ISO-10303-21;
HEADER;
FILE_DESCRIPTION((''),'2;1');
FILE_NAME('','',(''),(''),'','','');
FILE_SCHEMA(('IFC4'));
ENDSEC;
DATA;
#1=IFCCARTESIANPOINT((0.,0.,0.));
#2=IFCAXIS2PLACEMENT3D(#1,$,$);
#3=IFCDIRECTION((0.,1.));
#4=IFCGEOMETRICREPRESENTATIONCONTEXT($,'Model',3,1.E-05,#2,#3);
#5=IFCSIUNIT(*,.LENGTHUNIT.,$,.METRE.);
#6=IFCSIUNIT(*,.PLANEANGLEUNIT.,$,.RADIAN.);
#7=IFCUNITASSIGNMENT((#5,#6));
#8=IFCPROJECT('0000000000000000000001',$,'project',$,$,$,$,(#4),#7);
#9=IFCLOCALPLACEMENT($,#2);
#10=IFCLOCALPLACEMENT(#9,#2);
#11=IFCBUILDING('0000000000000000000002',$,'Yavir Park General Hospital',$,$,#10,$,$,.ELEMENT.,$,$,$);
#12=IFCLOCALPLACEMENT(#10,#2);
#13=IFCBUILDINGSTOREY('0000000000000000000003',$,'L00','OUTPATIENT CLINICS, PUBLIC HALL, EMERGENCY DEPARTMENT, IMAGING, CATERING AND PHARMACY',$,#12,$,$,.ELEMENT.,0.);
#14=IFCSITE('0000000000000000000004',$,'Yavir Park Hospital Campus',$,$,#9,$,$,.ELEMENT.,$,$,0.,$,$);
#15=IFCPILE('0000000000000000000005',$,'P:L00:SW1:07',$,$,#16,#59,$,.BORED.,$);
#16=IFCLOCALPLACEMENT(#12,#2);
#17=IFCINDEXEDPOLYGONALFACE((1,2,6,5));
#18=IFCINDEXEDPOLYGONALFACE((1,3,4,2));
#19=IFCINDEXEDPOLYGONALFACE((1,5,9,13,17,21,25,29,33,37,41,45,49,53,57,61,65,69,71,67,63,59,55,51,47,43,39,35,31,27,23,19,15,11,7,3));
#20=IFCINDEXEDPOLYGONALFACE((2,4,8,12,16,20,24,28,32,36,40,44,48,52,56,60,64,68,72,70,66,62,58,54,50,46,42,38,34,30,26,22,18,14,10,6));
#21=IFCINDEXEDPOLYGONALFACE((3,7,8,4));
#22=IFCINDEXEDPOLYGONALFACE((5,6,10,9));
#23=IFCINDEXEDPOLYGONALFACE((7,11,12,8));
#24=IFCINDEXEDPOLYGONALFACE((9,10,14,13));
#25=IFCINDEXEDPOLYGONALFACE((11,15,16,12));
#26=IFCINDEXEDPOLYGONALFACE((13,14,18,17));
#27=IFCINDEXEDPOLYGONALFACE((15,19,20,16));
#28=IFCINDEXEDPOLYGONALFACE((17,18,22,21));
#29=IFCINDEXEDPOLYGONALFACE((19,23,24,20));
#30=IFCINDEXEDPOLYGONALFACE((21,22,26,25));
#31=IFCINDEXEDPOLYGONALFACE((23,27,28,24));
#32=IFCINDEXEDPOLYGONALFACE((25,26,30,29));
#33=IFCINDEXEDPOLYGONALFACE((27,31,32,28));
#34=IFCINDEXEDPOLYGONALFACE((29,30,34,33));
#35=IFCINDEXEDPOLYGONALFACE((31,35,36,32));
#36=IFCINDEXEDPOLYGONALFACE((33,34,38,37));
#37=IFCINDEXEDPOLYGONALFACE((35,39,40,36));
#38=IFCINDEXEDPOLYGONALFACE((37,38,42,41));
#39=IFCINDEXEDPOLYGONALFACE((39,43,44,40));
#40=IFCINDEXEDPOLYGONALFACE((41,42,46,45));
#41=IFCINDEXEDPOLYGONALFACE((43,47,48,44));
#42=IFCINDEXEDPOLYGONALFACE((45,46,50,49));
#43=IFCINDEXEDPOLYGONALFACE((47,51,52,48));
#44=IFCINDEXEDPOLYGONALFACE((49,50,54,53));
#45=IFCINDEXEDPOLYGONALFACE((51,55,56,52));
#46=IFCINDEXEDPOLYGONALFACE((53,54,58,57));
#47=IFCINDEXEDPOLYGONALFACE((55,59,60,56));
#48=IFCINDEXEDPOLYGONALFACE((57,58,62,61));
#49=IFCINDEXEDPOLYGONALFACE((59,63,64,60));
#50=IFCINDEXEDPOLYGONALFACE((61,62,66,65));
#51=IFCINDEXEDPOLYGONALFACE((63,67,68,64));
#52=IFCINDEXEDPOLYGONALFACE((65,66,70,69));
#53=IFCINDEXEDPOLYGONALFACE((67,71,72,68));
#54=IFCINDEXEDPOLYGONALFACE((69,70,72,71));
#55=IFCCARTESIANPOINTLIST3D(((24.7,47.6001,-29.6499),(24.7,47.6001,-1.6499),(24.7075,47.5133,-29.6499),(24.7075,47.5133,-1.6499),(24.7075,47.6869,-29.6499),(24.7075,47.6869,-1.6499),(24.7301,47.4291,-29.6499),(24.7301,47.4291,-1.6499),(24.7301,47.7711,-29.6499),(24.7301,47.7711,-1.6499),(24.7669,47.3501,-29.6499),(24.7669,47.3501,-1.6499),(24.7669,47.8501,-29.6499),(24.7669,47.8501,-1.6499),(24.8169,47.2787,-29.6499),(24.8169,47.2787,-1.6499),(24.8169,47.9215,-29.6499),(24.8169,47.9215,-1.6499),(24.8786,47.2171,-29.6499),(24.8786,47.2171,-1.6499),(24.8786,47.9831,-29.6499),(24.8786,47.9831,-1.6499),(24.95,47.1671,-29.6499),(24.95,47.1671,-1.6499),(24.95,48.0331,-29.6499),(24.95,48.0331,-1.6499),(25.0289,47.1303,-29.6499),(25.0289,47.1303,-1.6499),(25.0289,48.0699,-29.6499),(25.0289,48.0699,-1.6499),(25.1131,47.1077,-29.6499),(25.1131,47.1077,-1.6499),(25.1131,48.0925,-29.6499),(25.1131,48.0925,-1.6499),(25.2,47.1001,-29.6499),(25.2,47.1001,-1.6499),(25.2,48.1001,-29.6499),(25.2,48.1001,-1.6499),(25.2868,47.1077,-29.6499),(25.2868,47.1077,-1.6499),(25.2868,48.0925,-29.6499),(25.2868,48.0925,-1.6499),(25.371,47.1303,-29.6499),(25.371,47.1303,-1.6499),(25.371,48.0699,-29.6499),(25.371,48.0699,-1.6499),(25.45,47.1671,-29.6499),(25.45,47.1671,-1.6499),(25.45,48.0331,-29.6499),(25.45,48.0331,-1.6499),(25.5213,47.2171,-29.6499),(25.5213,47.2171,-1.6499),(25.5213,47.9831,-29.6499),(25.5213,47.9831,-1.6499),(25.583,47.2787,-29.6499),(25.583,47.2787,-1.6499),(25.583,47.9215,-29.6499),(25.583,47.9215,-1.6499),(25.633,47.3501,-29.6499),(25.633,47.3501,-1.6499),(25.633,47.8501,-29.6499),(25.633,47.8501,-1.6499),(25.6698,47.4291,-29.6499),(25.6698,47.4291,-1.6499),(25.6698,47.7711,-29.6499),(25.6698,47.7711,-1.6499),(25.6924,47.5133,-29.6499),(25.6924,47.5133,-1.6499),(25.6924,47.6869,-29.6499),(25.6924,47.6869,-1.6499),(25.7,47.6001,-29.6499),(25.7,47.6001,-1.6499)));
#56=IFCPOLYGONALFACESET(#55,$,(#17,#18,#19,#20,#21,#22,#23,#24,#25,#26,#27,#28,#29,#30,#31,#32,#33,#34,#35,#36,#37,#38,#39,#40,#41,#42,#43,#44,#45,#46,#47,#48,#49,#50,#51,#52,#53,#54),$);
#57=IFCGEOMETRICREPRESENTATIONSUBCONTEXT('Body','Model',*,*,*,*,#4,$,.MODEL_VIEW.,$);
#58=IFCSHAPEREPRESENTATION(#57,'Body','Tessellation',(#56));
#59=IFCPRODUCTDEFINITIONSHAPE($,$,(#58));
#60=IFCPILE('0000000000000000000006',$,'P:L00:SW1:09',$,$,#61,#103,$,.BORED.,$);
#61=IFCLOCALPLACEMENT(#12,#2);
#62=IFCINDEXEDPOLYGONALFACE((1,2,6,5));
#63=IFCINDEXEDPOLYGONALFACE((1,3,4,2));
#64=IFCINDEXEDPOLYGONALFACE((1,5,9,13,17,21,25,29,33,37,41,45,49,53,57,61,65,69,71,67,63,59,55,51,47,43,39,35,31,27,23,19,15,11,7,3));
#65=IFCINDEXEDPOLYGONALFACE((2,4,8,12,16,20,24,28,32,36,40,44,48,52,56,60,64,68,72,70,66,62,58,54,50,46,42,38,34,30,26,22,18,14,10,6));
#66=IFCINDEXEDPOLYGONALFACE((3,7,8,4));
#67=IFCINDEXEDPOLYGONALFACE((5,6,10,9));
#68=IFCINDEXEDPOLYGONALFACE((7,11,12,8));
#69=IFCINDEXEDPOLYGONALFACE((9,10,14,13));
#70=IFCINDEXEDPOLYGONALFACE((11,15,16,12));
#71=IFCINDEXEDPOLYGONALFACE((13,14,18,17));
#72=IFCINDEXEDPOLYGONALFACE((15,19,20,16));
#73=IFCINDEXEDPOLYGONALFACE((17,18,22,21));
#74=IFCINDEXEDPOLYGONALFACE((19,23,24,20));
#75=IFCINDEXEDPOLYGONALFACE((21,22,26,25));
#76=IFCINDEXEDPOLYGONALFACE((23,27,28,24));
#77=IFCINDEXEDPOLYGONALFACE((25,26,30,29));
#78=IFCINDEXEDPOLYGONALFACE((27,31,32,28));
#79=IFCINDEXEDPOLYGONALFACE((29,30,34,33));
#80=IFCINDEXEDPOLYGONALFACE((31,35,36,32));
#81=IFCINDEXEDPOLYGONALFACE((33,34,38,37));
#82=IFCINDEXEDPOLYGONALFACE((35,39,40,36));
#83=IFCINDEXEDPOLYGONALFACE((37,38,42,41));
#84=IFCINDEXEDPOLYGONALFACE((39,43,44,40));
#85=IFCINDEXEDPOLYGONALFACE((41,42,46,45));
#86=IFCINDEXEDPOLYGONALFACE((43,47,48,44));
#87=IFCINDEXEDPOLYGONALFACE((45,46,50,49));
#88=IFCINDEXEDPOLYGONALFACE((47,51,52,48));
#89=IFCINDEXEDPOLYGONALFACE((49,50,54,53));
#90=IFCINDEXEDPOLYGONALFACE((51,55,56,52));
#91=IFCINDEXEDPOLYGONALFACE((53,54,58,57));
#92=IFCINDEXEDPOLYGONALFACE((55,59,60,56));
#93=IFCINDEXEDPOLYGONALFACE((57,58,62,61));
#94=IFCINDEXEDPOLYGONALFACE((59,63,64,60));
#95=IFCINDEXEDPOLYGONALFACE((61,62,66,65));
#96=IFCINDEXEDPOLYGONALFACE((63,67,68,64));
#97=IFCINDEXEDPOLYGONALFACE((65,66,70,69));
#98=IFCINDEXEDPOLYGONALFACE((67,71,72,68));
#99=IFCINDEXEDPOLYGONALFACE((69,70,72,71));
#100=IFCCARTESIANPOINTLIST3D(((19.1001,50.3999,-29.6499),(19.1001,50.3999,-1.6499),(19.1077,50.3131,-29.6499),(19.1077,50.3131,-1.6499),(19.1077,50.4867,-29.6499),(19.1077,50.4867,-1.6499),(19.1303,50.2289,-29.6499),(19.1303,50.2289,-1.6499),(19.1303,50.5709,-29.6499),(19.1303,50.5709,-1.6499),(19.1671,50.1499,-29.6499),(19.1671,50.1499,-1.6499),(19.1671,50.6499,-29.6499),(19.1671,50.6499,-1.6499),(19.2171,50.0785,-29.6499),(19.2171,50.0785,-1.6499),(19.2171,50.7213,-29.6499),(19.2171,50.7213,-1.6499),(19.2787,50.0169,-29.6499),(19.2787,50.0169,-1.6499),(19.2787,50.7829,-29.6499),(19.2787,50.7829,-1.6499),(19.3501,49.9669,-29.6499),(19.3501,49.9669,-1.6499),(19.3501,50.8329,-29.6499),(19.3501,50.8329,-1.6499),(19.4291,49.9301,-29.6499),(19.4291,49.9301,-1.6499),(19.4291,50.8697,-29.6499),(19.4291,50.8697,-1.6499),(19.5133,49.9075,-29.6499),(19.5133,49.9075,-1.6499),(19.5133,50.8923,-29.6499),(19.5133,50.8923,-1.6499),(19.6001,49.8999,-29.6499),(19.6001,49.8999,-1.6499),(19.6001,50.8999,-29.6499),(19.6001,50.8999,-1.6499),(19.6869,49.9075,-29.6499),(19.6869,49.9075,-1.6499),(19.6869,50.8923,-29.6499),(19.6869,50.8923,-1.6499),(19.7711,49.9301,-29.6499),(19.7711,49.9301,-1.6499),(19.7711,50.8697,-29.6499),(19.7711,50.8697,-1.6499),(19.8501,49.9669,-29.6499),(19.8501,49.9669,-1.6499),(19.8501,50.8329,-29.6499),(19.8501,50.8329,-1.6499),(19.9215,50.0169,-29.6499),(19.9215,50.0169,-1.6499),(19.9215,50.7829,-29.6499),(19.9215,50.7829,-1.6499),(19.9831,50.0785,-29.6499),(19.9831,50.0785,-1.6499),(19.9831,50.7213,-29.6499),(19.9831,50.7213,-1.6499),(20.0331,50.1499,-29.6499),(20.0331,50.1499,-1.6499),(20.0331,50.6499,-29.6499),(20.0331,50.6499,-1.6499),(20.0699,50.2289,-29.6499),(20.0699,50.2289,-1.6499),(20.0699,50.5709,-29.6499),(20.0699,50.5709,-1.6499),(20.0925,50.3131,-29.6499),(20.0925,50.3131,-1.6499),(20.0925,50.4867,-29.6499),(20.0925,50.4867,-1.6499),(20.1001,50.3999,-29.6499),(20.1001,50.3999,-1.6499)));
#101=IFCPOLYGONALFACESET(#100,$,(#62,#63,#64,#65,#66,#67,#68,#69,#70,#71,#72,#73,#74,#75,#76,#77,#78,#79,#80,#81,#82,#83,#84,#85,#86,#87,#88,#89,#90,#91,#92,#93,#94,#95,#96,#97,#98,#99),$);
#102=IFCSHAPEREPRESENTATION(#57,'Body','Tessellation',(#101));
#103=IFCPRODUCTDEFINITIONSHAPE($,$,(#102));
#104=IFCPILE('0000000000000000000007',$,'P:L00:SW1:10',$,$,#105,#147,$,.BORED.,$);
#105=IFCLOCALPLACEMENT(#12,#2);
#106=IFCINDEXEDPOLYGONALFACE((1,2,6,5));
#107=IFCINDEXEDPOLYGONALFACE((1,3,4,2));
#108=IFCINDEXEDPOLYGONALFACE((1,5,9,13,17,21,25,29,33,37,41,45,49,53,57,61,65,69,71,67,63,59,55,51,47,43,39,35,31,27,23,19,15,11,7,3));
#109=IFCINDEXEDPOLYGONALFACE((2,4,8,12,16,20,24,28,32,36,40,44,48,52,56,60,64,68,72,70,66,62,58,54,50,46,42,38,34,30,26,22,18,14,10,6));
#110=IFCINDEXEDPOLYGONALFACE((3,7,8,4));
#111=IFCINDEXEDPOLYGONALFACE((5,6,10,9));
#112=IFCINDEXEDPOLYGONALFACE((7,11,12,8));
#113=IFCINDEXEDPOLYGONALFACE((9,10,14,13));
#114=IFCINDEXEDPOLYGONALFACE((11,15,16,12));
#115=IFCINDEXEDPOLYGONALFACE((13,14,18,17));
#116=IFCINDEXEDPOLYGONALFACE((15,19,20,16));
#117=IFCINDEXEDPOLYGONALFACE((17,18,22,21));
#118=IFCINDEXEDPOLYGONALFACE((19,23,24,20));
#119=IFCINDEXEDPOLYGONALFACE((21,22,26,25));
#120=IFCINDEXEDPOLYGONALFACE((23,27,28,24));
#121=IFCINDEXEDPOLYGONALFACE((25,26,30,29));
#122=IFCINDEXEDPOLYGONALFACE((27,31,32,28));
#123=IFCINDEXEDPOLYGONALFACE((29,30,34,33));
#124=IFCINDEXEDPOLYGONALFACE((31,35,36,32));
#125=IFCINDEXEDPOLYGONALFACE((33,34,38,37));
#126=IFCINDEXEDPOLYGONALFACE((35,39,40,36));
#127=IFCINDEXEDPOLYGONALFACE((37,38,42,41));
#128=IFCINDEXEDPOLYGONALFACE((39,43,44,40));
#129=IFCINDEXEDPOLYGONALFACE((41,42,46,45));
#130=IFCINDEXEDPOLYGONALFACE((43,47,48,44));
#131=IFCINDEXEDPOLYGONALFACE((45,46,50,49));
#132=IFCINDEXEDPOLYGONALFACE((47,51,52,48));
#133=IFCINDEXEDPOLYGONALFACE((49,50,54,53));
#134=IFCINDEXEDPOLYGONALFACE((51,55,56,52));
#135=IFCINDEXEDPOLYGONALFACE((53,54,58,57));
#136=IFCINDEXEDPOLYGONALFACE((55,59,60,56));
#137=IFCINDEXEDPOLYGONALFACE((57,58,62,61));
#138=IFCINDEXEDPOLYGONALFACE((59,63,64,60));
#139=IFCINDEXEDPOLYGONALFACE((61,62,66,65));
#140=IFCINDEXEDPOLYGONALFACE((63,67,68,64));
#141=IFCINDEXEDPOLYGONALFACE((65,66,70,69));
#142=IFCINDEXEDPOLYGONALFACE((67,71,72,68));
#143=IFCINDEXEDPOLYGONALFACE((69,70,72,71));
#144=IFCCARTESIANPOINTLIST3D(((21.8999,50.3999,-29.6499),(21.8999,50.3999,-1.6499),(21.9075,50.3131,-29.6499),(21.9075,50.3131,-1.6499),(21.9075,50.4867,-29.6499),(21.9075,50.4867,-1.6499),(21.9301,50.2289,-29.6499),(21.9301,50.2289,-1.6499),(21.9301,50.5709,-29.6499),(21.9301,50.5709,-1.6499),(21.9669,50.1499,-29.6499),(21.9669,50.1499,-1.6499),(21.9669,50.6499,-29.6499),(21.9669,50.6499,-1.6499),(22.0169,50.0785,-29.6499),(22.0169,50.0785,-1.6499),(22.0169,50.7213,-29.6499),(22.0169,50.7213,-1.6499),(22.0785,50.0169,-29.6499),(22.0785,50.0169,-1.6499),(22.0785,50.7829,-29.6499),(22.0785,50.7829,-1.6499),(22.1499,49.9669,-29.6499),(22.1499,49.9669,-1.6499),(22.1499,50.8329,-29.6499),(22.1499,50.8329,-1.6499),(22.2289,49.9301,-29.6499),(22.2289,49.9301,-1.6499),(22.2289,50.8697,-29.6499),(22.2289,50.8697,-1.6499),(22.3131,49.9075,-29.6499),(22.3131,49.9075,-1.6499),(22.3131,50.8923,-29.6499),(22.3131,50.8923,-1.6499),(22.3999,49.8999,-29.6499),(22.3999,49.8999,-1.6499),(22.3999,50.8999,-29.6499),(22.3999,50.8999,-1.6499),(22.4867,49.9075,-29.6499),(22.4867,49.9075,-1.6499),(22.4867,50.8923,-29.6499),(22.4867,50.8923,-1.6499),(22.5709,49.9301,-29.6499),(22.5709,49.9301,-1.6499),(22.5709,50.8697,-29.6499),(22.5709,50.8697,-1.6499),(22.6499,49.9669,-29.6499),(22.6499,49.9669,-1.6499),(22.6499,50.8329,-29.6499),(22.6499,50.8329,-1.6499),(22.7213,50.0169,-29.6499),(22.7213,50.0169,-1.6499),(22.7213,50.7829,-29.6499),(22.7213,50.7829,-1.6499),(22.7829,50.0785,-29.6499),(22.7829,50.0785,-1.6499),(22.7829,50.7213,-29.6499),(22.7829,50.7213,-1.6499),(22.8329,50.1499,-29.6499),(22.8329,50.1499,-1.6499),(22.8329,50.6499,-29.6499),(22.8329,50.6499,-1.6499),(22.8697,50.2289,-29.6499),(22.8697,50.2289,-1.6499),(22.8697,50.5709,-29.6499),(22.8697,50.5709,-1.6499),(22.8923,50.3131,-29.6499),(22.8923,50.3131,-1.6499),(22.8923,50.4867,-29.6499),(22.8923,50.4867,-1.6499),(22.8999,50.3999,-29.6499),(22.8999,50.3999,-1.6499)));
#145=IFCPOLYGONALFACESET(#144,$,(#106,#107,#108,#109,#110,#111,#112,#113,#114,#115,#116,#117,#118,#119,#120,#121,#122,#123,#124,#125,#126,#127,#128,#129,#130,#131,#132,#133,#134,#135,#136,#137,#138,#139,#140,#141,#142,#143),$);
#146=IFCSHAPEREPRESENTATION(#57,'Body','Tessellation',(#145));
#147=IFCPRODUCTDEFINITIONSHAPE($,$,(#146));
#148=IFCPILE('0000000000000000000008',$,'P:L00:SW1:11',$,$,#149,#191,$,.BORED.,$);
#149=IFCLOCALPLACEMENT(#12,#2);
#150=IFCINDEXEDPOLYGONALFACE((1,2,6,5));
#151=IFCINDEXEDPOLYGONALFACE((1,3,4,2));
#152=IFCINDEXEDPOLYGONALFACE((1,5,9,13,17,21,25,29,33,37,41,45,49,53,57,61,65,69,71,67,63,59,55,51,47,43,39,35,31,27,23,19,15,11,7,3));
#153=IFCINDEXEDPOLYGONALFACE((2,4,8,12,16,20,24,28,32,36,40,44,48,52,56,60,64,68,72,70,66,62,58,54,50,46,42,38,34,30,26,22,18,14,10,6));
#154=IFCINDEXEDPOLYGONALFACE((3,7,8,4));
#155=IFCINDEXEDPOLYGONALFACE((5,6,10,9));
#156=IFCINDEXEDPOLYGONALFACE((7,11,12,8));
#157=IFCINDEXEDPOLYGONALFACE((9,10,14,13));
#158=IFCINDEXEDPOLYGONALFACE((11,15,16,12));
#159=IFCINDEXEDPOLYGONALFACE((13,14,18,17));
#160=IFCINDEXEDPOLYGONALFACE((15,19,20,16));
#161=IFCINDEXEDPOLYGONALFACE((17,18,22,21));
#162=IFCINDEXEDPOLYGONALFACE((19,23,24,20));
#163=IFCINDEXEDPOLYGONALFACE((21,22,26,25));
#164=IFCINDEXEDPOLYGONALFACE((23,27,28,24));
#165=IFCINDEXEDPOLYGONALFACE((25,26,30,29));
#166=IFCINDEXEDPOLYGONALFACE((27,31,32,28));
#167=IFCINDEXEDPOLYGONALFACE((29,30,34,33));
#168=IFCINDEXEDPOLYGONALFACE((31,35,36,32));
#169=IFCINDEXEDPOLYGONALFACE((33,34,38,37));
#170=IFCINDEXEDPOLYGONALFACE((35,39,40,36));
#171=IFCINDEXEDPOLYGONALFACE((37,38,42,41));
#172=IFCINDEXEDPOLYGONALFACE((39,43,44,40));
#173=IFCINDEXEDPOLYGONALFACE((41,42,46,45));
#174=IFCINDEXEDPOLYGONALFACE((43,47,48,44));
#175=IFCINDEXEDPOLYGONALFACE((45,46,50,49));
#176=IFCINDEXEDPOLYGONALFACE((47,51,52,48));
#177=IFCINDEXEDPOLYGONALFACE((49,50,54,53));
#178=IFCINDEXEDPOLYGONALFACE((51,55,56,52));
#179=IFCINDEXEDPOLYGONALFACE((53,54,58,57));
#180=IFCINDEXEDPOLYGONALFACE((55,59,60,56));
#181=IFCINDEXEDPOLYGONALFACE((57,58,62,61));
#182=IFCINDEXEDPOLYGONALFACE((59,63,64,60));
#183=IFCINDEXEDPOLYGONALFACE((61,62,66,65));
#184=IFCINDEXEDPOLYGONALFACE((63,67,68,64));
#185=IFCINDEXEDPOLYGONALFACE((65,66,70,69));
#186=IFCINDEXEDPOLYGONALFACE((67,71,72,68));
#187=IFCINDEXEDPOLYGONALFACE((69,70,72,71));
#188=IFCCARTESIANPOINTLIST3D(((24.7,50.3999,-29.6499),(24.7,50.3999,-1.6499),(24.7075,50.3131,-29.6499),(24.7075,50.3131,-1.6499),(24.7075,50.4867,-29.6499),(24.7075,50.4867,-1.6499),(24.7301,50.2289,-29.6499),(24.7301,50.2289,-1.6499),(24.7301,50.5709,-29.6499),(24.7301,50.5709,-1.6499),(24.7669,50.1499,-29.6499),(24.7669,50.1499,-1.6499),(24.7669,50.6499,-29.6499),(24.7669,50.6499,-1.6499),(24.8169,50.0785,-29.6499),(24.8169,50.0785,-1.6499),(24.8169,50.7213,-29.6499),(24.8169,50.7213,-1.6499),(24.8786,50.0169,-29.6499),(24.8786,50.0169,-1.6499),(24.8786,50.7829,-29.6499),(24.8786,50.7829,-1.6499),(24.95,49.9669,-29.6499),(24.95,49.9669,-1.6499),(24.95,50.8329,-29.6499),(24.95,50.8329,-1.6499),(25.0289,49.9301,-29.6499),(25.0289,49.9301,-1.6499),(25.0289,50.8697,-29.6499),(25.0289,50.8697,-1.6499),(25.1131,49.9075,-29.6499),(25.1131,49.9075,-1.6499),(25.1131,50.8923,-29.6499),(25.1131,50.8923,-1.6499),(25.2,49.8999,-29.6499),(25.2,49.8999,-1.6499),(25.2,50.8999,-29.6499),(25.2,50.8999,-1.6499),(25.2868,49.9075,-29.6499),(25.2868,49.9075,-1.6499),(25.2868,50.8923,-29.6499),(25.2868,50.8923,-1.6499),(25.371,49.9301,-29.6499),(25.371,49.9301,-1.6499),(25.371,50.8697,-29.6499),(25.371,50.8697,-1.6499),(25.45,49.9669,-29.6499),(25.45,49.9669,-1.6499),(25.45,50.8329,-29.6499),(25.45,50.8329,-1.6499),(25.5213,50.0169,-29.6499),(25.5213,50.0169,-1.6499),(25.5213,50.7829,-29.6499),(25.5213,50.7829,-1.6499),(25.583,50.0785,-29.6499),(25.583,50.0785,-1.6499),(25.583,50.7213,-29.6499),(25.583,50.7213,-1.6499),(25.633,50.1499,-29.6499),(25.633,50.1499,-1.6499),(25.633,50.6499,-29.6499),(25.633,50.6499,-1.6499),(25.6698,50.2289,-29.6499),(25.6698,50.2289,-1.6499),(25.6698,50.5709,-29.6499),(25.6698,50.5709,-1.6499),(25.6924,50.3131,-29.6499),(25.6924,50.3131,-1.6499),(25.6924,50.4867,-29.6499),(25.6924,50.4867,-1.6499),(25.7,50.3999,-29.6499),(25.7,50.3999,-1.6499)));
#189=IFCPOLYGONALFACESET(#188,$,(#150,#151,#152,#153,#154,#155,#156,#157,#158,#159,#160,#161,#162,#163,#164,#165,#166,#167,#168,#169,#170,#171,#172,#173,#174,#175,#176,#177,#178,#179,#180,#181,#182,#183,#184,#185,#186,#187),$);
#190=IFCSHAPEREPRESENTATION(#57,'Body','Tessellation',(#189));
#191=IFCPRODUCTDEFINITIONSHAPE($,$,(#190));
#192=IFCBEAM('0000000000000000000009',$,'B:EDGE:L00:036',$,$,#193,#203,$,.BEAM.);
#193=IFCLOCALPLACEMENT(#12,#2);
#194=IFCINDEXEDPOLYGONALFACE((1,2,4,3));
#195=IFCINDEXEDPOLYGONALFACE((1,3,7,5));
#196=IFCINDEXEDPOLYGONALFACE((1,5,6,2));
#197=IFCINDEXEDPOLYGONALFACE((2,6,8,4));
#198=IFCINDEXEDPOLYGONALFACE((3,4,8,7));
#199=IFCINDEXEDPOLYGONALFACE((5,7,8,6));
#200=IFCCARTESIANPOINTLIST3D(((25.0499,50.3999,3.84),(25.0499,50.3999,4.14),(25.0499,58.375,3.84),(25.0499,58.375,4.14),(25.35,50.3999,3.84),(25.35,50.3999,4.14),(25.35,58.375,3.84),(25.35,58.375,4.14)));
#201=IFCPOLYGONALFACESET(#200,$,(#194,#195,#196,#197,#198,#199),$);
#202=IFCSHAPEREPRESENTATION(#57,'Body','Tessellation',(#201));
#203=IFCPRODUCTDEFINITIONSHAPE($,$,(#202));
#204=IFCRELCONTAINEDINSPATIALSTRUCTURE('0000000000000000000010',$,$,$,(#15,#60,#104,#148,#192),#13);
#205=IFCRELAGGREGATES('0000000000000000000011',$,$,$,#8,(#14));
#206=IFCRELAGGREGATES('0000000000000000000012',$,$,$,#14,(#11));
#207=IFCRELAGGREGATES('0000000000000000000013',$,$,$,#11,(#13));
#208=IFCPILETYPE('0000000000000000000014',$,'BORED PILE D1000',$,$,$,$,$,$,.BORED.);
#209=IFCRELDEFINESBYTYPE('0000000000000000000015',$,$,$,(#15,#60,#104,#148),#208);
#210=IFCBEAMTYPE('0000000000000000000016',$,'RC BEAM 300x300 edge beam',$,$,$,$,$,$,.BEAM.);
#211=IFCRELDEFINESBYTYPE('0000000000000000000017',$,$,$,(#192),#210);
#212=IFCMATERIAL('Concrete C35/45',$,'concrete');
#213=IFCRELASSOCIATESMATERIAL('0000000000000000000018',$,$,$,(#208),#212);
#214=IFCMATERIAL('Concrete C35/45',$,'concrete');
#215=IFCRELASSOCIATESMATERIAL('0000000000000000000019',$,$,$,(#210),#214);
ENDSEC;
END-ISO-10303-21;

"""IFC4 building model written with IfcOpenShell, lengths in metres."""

from ifc_helpers import new_model, si_unit, direction, frame, origin, origin_2d, place, context, subcontext, project, spatial, rectangle, circle, extrude, material, material_profile, profile_set, type_object, element, save


model = new_model("IFC4")

# Units and contexts
model_context = context("Model", 3, precision=1e-05, world=origin(), true_north=direction((0.0, 1.0)))
body_context = subcontext(model_context, "Body", "Model", "MODEL_VIEW")
ifc_project = project(units=[si_unit("LENGTHUNIT", "METRE"), si_unit("PLANEANGLEUNIT", "RADIAN")], contexts=[model_context])

# Site, building, storey
site_placement = place(None, origin())
site = spatial("IfcSite", under=ifc_project, at=site_placement, Name="Yavir Park Hospital Campus", CompositionType="ELEMENT", RefElevation=0.0)
building_placement = place(site_placement, origin())
building = spatial("IfcBuilding", under=site, at=building_placement, Name="Yavir Park General Hospital", CompositionType="ELEMENT")
storey_placement = place(building_placement, origin())
storey = spatial("IfcBuildingStorey", under=building, at=storey_placement, Name="L00", Description="OUTPATIENT CLINICS, PUBLIC HALL, EMERGENCY DEPARTMENT, IMAGING, CATERING AND PHARMACY", CompositionType="ELEMENT", Elevation=0.0)

# Piles
ifc_material_1 = material(Name="Concrete C35/45", Category="concrete")
ifc_material_profile_1 = material_profile(ifc_material_1, circle(Radius=0.5, at=origin_2d()), Name="D1000")
ifc_profile_set_1 = profile_set([ifc_material_profile_1], Name="Concrete C35/45")
pile_type = type_object("IfcPileType", Name="BORED PILE D1000", PredefinedType="BORED", material=ifc_profile_set_1)
for number, where, z_axis, x_axis, name in (
    (1, (25.2, 47.6001, -1.6499), (0.0, 0.0, -1.0), (1.0, 0.0, 0.0), "P:L00:SW1:07"),
    (2, (19.6001, 50.3999, -1.6499), (0.0, 0.0, -1.0), (1.0, 0.0, 0.0), "P:L00:SW1:09"),
    (3, (22.3999, 50.3999, -1.6499), (0.0, 0.0, -1.0), (1.0, 0.0, 0.0), "P:L00:SW1:10"),
    (4, (25.2, 50.3999, -1.6499), (0.0, 0.0, -1.0), (1.0, 0.0, 0.0), "P:L00:SW1:11"),
):
    element("IfcPile", number, at=place(storey_placement, frame(where, z_axis=z_axis, x_axis=x_axis)), inside=storey, type_object=pile_type, Name=name, PredefinedType="BORED", context=body_context, shape_type="SweptSolid", body=[
        extrude(circle(Radius=0.5, at=origin_2d()), origin(), (0.0, 0.0, 1.0), 28.0),
    ])

# Beam
ifc_material_2 = material(Name="Concrete C35/45", Category="concrete")
ifc_material_profile_2 = material_profile(ifc_material_2, rectangle(XDim=0.3, YDim=0.3, at=origin_2d()), Name="RC300x300")
ifc_profile_set_2 = profile_set([ifc_material_profile_2], Name="Concrete C35/45")
beam_type_1 = type_object("IfcBeamType", Name="RC BEAM 300x300 edge beam", PredefinedType="BEAM", material=ifc_profile_set_2)
beam_1_placement = place(storey_placement, frame((25.2, 50.3999, 3.99), z_axis=(0.0, 1.0, 0.0), x_axis=(-1.0, 0.0, 0.0)))
element("IfcBeam", 5, at=beam_1_placement, inside=storey, type_object=beam_type_1, Name="B:EDGE:L00:036", PredefinedType="BEAM", context=body_context, shape_type="SweptSolid", body=[
    extrude(rectangle(XDim=0.3, YDim=0.3, at=origin_2d()), origin(), (0.0, 0.0, 1.0), 7.9751),
])

save(model, "model.ifc")
